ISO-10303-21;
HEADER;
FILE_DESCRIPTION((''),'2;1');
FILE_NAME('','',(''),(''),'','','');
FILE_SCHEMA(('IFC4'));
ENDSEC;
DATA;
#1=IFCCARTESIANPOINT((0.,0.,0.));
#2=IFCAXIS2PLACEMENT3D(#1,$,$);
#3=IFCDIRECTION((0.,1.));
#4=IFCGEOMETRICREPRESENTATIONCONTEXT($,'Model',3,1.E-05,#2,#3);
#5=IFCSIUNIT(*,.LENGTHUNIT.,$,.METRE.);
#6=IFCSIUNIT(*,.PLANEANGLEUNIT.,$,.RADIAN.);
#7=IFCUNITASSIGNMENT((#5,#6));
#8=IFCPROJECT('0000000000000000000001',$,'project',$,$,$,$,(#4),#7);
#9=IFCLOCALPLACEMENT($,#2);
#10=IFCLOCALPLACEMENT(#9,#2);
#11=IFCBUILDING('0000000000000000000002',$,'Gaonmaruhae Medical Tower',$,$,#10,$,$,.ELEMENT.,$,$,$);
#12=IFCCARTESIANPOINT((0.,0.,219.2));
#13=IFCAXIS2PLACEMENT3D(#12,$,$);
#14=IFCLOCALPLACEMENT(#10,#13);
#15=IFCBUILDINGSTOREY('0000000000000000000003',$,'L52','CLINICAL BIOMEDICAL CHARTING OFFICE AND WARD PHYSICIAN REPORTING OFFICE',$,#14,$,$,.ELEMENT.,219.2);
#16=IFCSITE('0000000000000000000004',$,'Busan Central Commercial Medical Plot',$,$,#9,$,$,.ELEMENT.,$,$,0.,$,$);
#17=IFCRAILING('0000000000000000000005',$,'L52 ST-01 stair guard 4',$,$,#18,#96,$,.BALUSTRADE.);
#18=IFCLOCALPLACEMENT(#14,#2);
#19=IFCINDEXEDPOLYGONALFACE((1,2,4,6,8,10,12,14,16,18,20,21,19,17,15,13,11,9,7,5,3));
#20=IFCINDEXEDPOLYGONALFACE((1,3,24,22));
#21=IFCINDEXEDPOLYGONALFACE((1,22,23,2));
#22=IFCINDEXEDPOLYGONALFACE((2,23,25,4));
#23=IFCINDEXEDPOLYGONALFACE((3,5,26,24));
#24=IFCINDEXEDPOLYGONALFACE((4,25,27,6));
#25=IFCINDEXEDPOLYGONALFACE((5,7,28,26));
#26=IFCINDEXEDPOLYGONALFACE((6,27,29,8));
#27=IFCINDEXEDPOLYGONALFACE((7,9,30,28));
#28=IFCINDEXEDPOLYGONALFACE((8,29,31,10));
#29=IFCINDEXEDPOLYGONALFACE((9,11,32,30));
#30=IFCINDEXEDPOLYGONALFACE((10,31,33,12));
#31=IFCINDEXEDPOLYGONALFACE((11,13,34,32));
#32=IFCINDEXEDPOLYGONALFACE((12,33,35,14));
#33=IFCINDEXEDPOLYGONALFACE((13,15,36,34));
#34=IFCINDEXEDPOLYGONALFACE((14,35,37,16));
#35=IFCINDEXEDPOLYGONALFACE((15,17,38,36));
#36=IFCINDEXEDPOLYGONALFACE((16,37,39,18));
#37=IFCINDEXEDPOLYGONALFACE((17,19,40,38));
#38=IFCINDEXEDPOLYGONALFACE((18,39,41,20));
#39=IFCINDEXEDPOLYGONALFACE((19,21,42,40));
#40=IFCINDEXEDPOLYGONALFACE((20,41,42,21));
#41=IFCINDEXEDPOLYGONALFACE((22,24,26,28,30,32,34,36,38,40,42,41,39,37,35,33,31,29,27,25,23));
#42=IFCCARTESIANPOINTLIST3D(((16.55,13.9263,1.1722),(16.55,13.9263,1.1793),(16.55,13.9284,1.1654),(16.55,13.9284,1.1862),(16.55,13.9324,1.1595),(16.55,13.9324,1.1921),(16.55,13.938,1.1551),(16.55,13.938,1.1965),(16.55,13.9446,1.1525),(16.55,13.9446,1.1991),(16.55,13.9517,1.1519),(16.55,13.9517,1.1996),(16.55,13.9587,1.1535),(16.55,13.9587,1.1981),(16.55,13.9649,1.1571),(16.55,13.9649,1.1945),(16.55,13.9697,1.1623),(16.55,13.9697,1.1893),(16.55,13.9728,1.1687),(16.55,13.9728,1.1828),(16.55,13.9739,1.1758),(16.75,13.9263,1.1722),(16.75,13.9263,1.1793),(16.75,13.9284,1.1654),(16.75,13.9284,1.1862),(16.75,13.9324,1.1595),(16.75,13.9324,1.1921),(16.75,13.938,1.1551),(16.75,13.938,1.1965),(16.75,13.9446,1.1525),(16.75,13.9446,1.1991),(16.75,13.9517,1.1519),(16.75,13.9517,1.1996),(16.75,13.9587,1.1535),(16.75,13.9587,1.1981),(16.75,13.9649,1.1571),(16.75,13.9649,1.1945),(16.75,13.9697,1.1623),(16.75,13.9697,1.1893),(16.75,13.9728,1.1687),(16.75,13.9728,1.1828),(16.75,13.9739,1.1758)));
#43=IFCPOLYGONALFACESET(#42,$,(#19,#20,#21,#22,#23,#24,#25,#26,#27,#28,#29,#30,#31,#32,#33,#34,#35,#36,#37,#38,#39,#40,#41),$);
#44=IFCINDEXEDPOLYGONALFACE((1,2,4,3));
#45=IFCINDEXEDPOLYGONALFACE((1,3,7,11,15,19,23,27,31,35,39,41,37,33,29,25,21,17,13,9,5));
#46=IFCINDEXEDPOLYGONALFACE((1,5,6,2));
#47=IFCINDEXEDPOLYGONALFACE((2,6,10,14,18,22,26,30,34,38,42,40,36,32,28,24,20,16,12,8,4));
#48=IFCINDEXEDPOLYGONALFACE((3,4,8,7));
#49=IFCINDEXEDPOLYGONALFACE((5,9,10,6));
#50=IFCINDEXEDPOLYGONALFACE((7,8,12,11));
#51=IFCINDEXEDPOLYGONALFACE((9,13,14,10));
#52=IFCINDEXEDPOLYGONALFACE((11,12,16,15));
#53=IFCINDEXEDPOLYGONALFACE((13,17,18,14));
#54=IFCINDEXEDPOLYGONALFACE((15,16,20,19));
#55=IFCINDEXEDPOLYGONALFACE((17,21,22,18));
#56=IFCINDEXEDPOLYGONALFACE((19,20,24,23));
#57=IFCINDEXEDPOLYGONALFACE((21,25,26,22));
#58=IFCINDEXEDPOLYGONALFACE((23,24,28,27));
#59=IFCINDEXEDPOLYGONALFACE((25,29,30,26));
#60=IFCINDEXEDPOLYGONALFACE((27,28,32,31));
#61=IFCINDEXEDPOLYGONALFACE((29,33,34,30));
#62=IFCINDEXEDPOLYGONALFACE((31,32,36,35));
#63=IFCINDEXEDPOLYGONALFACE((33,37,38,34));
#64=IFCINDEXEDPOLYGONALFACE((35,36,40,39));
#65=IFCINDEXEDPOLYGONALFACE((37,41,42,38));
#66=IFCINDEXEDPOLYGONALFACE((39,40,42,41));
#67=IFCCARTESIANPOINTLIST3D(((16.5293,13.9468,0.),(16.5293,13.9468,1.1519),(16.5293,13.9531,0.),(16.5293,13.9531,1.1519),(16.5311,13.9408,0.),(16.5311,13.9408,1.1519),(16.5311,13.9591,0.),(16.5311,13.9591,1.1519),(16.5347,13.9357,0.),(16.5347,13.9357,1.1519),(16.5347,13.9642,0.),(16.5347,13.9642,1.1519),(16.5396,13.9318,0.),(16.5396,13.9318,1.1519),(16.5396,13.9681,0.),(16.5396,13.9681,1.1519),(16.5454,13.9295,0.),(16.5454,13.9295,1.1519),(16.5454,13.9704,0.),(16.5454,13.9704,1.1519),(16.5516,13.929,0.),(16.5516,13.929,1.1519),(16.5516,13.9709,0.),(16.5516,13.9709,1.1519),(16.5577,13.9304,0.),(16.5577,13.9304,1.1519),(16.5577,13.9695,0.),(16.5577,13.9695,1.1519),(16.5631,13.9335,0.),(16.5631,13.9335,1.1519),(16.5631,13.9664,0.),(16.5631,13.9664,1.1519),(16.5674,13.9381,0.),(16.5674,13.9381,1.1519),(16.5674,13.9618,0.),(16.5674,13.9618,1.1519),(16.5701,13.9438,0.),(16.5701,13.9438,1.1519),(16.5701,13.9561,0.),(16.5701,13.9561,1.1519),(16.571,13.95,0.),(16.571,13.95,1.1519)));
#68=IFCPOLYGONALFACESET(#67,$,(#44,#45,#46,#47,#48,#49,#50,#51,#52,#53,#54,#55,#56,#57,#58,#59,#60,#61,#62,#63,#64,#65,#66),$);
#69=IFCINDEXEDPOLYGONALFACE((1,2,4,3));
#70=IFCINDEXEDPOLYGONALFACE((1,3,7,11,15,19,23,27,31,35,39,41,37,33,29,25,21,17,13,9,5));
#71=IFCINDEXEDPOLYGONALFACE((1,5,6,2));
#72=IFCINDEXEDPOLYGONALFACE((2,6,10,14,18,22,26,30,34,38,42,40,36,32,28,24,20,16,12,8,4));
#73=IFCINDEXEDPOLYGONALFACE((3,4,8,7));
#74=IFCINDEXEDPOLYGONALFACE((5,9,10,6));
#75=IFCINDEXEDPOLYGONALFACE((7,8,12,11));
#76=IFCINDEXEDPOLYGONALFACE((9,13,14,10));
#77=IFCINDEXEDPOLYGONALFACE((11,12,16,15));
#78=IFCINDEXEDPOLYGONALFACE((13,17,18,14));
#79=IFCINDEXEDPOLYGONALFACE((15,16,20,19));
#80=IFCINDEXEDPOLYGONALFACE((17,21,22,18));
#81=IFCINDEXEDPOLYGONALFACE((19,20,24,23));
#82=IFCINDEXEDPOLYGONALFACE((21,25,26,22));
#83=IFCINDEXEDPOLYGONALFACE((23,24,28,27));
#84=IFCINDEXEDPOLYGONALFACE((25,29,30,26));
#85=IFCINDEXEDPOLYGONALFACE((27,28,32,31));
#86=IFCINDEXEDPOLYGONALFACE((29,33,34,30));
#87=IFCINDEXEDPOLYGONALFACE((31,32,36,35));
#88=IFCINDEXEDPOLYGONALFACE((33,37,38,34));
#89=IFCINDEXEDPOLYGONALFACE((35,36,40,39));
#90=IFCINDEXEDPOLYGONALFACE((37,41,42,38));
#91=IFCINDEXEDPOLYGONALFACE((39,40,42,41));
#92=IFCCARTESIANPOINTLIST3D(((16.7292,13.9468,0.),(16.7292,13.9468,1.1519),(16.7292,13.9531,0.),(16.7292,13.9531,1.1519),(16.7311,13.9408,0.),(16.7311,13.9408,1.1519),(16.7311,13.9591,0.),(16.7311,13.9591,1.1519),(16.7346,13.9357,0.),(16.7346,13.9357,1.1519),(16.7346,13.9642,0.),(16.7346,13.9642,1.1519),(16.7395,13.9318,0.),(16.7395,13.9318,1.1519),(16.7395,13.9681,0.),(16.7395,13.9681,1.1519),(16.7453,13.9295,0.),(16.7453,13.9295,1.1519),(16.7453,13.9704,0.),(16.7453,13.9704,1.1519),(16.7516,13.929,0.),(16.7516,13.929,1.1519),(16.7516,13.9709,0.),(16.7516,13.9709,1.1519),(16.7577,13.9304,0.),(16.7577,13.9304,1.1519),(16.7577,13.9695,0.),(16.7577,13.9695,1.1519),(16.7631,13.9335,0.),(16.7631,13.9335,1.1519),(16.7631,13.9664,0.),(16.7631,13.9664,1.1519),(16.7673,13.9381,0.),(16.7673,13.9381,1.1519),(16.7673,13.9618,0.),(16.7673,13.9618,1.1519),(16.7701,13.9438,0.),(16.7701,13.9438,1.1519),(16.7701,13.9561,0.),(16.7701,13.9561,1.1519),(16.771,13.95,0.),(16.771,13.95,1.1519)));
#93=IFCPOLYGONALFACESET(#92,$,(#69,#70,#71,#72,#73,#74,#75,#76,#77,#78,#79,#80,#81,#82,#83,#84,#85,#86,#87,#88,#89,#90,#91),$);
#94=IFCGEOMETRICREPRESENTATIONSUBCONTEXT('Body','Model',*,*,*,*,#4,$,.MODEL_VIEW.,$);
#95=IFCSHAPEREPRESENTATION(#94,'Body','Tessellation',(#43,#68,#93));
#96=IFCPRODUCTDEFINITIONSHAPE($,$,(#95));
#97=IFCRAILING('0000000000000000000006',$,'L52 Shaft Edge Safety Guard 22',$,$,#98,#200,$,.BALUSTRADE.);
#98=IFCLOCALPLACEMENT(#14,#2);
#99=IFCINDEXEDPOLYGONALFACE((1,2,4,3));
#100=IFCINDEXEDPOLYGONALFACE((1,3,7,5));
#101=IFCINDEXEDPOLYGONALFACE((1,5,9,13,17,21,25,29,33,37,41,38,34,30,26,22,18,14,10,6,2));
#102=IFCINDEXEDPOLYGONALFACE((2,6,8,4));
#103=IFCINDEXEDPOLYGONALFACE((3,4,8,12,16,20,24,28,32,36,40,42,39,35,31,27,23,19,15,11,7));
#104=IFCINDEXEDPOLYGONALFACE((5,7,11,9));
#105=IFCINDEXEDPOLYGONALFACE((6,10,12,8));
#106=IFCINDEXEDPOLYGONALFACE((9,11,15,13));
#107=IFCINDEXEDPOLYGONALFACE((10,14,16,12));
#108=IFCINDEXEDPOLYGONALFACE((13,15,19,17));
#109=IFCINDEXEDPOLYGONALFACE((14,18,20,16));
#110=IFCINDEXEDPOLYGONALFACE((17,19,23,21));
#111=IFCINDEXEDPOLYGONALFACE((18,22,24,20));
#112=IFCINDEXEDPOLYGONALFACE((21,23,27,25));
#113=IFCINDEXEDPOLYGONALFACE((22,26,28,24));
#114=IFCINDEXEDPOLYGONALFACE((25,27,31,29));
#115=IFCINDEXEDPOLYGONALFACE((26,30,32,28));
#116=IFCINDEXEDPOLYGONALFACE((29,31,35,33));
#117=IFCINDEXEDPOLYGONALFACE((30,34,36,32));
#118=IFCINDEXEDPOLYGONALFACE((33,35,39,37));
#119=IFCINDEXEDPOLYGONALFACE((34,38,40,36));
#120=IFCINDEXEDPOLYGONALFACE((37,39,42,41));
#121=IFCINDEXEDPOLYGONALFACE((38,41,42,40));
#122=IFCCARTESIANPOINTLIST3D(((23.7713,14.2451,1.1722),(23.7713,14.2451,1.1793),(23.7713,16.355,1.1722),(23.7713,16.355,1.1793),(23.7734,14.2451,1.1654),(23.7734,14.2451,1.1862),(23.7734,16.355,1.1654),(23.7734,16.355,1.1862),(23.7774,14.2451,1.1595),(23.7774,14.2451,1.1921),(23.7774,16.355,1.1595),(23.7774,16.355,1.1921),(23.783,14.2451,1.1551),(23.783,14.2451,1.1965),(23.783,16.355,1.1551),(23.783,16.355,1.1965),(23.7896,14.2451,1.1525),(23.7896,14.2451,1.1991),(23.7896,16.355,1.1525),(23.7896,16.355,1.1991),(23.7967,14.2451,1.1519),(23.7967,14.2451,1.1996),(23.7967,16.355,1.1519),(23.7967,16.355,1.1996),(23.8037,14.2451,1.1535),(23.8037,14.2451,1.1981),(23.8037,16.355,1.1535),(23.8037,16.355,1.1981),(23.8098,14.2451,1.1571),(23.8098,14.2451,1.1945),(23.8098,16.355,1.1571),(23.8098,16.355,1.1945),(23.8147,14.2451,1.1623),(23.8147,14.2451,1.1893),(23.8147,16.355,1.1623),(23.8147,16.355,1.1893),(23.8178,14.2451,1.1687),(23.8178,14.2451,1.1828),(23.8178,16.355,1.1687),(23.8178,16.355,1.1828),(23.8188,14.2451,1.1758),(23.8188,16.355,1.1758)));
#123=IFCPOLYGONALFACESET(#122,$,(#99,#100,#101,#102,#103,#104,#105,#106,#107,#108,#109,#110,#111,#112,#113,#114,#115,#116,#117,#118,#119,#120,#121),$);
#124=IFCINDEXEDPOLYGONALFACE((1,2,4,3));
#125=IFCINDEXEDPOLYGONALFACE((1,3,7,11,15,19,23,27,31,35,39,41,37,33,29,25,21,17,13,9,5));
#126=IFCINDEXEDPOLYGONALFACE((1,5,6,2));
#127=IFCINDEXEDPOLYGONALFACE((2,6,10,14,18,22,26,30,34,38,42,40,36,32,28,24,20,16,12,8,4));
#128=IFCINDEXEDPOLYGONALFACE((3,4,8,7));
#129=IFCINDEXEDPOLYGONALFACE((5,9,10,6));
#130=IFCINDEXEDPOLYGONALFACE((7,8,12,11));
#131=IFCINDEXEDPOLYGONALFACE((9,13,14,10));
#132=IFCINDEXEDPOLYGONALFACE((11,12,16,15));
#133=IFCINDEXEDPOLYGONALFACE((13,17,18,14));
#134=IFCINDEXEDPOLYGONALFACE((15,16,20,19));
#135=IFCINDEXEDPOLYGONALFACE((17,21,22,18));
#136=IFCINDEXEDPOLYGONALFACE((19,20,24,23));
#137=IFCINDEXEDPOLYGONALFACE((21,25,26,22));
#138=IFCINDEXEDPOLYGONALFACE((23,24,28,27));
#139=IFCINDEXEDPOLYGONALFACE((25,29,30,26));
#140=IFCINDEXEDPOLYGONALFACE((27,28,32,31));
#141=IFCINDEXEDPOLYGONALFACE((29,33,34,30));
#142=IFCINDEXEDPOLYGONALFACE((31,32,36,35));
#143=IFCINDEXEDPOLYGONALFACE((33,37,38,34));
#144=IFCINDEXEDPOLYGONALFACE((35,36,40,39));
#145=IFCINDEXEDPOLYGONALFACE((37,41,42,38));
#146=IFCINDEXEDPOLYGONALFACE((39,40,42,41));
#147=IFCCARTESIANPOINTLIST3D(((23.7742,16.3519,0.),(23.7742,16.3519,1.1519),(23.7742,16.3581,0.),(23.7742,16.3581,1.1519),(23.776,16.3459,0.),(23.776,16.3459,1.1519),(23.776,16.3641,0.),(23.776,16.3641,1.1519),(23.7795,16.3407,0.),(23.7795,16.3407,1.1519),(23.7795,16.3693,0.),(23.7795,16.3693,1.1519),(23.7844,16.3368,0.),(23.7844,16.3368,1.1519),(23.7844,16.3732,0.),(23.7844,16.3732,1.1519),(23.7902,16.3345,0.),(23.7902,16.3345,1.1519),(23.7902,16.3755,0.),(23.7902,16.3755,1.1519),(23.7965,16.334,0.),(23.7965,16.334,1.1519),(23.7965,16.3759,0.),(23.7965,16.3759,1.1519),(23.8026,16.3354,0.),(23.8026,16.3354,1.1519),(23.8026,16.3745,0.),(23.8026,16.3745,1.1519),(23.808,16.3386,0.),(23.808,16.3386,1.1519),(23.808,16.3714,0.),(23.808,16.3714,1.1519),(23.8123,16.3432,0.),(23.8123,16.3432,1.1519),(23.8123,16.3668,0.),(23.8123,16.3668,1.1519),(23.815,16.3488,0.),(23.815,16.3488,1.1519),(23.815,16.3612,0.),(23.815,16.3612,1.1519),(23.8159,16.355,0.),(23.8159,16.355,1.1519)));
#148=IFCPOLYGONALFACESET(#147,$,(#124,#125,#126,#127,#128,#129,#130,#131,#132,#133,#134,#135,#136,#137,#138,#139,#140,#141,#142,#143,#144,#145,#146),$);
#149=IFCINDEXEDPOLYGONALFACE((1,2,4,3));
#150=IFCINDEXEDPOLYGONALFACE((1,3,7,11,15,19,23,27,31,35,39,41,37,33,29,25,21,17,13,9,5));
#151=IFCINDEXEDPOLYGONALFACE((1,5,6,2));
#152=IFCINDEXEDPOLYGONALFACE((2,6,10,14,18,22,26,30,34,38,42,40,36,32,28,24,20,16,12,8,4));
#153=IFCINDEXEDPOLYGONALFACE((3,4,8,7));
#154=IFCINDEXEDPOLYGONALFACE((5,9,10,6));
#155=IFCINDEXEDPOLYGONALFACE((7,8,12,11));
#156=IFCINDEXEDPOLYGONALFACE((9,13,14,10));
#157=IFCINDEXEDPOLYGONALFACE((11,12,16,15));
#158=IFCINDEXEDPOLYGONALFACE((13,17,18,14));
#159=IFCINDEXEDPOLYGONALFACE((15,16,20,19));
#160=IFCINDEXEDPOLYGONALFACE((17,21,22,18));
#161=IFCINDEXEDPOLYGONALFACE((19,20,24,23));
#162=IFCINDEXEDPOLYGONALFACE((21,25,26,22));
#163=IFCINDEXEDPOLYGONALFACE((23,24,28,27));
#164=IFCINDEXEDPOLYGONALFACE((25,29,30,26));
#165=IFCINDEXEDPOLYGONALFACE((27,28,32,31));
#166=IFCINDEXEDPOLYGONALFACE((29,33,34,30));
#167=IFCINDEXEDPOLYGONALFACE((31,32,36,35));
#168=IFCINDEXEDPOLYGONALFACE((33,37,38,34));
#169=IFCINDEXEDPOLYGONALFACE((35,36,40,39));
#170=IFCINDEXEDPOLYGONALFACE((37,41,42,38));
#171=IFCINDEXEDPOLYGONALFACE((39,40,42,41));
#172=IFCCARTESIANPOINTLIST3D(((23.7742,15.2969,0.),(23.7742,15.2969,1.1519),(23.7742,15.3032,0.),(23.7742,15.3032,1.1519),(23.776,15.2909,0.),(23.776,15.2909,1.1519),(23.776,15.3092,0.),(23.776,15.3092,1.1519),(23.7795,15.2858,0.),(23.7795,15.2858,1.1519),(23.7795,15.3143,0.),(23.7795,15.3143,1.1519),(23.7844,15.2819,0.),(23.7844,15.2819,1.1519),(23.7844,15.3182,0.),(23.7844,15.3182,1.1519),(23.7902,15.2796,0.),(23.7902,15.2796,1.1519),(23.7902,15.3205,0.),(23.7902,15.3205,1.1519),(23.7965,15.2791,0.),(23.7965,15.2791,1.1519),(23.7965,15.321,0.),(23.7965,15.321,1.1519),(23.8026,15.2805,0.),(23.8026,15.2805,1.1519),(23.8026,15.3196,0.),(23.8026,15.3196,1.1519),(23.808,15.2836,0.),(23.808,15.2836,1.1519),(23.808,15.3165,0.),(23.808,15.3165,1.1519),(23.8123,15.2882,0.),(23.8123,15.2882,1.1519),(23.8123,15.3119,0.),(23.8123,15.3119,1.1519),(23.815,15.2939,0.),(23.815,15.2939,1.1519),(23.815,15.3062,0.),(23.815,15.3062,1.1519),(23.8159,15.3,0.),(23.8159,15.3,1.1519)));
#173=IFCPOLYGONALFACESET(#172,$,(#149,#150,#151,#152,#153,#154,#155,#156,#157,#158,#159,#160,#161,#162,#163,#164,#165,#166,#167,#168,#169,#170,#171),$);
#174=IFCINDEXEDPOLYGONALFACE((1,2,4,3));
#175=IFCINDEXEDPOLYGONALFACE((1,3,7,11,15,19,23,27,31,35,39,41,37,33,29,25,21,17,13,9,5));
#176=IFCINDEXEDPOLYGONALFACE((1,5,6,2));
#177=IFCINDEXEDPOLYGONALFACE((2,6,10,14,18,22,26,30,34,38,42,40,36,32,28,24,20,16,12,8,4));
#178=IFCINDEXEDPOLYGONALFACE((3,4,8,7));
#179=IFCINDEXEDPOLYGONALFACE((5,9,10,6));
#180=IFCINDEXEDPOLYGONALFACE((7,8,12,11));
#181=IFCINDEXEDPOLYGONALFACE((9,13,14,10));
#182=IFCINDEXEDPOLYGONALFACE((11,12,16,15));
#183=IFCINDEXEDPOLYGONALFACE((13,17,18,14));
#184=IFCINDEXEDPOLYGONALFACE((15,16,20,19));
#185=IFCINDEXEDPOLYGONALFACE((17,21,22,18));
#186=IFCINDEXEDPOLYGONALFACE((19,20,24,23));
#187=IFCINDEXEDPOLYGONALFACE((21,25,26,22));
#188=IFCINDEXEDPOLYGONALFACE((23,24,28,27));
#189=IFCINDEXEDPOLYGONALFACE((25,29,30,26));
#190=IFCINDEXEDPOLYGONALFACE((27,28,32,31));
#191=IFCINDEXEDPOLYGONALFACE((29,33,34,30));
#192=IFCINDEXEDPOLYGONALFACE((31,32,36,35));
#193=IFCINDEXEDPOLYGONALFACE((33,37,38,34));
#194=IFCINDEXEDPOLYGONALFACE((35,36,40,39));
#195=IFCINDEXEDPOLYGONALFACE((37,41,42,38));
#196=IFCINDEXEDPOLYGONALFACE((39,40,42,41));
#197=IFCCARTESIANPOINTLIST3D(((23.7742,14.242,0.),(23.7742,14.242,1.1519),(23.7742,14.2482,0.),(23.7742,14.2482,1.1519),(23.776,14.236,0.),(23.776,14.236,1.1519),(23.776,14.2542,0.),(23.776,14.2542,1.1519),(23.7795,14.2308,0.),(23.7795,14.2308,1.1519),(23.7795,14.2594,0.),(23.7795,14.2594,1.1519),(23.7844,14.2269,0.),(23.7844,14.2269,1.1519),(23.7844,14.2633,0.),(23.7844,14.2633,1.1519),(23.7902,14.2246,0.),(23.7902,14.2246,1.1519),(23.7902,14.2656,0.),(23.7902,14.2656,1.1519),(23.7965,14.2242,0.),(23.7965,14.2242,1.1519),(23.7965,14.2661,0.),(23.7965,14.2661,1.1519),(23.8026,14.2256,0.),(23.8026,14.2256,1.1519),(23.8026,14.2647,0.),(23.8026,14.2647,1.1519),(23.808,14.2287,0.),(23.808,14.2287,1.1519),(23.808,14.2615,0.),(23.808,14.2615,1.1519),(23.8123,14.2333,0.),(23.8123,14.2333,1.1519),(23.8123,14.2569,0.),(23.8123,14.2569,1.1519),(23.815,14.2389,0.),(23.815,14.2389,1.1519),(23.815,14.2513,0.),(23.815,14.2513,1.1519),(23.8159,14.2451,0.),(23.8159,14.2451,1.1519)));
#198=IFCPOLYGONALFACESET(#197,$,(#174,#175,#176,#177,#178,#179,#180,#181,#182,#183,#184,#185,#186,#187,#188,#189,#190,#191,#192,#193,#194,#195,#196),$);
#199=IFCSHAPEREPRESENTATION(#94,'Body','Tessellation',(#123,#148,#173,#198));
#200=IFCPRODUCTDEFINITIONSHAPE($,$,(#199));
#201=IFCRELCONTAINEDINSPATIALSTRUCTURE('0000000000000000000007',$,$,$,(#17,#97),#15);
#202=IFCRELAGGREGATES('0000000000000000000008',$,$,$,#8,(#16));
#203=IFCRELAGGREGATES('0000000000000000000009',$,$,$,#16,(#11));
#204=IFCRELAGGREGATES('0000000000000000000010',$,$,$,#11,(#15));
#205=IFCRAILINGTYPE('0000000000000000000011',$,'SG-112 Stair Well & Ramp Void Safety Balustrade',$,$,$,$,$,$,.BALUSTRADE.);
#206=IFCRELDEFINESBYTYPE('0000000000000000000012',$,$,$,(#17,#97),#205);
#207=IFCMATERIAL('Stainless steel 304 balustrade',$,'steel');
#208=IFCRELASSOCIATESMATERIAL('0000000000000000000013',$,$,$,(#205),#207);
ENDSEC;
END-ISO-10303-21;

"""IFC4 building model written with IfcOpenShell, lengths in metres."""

from ifc_helpers import new_model, si_unit, direction, frame, origin, origin_2d, place, context, subcontext, project, spatial, circle, extrude, material, type_object, element, save


model = new_model("IFC4")

# Units and contexts
model_context = context("Model", 3, precision=1e-05, world=origin(), true_north=direction((0.0, 1.0)))
body_context = subcontext(model_context, "Body", "Model", "MODEL_VIEW")
ifc_project = project(units=[si_unit("LENGTHUNIT", "METRE"), si_unit("PLANEANGLEUNIT", "RADIAN")], contexts=[model_context])

# Site, building, storey
site_placement = place(None, origin())
site = spatial("IfcSite", under=ifc_project, at=site_placement, Name="Busan Central Commercial Medical Plot", CompositionType="ELEMENT", RefElevation=0.0)
building_placement = place(site_placement, origin())
building = spatial("IfcBuilding", under=site, at=building_placement, Name="Gaonmaruhae Medical Tower", CompositionType="ELEMENT")
storey_placement = place(building_placement, frame((0.0, 0.0, 219.2)))
storey = spatial("IfcBuildingStorey", under=building, at=storey_placement, Name="L52", Description="CLINICAL BIOMEDICAL CHARTING OFFICE AND WARD PHYSICIAN REPORTING OFFICE", CompositionType="ELEMENT", Elevation=219.2)

# Railings
ifc_material_1 = material(Name="Stainless steel 304 balustrade", Category="steel")
railing_type_1 = type_object("IfcRailingType", Name="SG-112 Stair Well & Ramp Void Safety Balustrade", PredefinedType="BALUSTRADE", material=ifc_material_1)
railing_1_placement = place(storey_placement, frame((16.55, 13.95, 0.0)))
element("IfcRailing", 1, at=railing_1_placement, inside=storey, type_object=railing_type_1, Name="L52 ST-01 stair guard 4", PredefinedType="BALUSTRADE", context=body_context, shape_type="SweptSolid", body=[
    extrude(circle(Radius=0.0239, at=origin_2d()), frame((0.0, 0.0, 1.1758), z_axis=(1.0, 0.0, 0.0), x_axis=(0.0, 1.0, 0.0)), (0.0, 0.0, 1.0), 0.2),
    extrude(circle(Radius=0.021, at=origin_2d()), origin(), (0.0, 0.0, 1.0), 1.1519),
    extrude(circle(Radius=0.021, at=origin_2d()), frame((0.2, 0.0, 0.0)), (0.0, 0.0, 1.0), 1.1519),
])
railing_2_placement = place(storey_placement, frame((23.7949, 16.355, 0.0)))
element("IfcRailing", 2, at=railing_2_placement, inside=storey, type_object=railing_type_1, Name="L52 Shaft Edge Safety Guard 22", PredefinedType="BALUSTRADE", context=body_context, shape_type="SweptSolid", body=[
    extrude(circle(Radius=0.0239, at=origin_2d()), frame((0.0, 0.0, 1.1758), z_axis=(0.0, -1.0, 0.0), x_axis=(1.0, 0.0, 0.0)), (0.0, 0.0, 1.0), 2.1099),
    extrude(circle(Radius=0.021, at=origin_2d()), origin(), (0.0, 0.0, 1.0), 1.1519),
    extrude(circle(Radius=0.021, at=origin_2d()), frame((0.0, -1.0549, 0.0)), (0.0, 0.0, 1.0), 1.1519),
    extrude(circle(Radius=0.021, at=origin_2d()), frame((0.0, -2.1099, 0.0)), (0.0, 0.0, 1.0), 1.1519),
])

save(model, "model.ifc")
